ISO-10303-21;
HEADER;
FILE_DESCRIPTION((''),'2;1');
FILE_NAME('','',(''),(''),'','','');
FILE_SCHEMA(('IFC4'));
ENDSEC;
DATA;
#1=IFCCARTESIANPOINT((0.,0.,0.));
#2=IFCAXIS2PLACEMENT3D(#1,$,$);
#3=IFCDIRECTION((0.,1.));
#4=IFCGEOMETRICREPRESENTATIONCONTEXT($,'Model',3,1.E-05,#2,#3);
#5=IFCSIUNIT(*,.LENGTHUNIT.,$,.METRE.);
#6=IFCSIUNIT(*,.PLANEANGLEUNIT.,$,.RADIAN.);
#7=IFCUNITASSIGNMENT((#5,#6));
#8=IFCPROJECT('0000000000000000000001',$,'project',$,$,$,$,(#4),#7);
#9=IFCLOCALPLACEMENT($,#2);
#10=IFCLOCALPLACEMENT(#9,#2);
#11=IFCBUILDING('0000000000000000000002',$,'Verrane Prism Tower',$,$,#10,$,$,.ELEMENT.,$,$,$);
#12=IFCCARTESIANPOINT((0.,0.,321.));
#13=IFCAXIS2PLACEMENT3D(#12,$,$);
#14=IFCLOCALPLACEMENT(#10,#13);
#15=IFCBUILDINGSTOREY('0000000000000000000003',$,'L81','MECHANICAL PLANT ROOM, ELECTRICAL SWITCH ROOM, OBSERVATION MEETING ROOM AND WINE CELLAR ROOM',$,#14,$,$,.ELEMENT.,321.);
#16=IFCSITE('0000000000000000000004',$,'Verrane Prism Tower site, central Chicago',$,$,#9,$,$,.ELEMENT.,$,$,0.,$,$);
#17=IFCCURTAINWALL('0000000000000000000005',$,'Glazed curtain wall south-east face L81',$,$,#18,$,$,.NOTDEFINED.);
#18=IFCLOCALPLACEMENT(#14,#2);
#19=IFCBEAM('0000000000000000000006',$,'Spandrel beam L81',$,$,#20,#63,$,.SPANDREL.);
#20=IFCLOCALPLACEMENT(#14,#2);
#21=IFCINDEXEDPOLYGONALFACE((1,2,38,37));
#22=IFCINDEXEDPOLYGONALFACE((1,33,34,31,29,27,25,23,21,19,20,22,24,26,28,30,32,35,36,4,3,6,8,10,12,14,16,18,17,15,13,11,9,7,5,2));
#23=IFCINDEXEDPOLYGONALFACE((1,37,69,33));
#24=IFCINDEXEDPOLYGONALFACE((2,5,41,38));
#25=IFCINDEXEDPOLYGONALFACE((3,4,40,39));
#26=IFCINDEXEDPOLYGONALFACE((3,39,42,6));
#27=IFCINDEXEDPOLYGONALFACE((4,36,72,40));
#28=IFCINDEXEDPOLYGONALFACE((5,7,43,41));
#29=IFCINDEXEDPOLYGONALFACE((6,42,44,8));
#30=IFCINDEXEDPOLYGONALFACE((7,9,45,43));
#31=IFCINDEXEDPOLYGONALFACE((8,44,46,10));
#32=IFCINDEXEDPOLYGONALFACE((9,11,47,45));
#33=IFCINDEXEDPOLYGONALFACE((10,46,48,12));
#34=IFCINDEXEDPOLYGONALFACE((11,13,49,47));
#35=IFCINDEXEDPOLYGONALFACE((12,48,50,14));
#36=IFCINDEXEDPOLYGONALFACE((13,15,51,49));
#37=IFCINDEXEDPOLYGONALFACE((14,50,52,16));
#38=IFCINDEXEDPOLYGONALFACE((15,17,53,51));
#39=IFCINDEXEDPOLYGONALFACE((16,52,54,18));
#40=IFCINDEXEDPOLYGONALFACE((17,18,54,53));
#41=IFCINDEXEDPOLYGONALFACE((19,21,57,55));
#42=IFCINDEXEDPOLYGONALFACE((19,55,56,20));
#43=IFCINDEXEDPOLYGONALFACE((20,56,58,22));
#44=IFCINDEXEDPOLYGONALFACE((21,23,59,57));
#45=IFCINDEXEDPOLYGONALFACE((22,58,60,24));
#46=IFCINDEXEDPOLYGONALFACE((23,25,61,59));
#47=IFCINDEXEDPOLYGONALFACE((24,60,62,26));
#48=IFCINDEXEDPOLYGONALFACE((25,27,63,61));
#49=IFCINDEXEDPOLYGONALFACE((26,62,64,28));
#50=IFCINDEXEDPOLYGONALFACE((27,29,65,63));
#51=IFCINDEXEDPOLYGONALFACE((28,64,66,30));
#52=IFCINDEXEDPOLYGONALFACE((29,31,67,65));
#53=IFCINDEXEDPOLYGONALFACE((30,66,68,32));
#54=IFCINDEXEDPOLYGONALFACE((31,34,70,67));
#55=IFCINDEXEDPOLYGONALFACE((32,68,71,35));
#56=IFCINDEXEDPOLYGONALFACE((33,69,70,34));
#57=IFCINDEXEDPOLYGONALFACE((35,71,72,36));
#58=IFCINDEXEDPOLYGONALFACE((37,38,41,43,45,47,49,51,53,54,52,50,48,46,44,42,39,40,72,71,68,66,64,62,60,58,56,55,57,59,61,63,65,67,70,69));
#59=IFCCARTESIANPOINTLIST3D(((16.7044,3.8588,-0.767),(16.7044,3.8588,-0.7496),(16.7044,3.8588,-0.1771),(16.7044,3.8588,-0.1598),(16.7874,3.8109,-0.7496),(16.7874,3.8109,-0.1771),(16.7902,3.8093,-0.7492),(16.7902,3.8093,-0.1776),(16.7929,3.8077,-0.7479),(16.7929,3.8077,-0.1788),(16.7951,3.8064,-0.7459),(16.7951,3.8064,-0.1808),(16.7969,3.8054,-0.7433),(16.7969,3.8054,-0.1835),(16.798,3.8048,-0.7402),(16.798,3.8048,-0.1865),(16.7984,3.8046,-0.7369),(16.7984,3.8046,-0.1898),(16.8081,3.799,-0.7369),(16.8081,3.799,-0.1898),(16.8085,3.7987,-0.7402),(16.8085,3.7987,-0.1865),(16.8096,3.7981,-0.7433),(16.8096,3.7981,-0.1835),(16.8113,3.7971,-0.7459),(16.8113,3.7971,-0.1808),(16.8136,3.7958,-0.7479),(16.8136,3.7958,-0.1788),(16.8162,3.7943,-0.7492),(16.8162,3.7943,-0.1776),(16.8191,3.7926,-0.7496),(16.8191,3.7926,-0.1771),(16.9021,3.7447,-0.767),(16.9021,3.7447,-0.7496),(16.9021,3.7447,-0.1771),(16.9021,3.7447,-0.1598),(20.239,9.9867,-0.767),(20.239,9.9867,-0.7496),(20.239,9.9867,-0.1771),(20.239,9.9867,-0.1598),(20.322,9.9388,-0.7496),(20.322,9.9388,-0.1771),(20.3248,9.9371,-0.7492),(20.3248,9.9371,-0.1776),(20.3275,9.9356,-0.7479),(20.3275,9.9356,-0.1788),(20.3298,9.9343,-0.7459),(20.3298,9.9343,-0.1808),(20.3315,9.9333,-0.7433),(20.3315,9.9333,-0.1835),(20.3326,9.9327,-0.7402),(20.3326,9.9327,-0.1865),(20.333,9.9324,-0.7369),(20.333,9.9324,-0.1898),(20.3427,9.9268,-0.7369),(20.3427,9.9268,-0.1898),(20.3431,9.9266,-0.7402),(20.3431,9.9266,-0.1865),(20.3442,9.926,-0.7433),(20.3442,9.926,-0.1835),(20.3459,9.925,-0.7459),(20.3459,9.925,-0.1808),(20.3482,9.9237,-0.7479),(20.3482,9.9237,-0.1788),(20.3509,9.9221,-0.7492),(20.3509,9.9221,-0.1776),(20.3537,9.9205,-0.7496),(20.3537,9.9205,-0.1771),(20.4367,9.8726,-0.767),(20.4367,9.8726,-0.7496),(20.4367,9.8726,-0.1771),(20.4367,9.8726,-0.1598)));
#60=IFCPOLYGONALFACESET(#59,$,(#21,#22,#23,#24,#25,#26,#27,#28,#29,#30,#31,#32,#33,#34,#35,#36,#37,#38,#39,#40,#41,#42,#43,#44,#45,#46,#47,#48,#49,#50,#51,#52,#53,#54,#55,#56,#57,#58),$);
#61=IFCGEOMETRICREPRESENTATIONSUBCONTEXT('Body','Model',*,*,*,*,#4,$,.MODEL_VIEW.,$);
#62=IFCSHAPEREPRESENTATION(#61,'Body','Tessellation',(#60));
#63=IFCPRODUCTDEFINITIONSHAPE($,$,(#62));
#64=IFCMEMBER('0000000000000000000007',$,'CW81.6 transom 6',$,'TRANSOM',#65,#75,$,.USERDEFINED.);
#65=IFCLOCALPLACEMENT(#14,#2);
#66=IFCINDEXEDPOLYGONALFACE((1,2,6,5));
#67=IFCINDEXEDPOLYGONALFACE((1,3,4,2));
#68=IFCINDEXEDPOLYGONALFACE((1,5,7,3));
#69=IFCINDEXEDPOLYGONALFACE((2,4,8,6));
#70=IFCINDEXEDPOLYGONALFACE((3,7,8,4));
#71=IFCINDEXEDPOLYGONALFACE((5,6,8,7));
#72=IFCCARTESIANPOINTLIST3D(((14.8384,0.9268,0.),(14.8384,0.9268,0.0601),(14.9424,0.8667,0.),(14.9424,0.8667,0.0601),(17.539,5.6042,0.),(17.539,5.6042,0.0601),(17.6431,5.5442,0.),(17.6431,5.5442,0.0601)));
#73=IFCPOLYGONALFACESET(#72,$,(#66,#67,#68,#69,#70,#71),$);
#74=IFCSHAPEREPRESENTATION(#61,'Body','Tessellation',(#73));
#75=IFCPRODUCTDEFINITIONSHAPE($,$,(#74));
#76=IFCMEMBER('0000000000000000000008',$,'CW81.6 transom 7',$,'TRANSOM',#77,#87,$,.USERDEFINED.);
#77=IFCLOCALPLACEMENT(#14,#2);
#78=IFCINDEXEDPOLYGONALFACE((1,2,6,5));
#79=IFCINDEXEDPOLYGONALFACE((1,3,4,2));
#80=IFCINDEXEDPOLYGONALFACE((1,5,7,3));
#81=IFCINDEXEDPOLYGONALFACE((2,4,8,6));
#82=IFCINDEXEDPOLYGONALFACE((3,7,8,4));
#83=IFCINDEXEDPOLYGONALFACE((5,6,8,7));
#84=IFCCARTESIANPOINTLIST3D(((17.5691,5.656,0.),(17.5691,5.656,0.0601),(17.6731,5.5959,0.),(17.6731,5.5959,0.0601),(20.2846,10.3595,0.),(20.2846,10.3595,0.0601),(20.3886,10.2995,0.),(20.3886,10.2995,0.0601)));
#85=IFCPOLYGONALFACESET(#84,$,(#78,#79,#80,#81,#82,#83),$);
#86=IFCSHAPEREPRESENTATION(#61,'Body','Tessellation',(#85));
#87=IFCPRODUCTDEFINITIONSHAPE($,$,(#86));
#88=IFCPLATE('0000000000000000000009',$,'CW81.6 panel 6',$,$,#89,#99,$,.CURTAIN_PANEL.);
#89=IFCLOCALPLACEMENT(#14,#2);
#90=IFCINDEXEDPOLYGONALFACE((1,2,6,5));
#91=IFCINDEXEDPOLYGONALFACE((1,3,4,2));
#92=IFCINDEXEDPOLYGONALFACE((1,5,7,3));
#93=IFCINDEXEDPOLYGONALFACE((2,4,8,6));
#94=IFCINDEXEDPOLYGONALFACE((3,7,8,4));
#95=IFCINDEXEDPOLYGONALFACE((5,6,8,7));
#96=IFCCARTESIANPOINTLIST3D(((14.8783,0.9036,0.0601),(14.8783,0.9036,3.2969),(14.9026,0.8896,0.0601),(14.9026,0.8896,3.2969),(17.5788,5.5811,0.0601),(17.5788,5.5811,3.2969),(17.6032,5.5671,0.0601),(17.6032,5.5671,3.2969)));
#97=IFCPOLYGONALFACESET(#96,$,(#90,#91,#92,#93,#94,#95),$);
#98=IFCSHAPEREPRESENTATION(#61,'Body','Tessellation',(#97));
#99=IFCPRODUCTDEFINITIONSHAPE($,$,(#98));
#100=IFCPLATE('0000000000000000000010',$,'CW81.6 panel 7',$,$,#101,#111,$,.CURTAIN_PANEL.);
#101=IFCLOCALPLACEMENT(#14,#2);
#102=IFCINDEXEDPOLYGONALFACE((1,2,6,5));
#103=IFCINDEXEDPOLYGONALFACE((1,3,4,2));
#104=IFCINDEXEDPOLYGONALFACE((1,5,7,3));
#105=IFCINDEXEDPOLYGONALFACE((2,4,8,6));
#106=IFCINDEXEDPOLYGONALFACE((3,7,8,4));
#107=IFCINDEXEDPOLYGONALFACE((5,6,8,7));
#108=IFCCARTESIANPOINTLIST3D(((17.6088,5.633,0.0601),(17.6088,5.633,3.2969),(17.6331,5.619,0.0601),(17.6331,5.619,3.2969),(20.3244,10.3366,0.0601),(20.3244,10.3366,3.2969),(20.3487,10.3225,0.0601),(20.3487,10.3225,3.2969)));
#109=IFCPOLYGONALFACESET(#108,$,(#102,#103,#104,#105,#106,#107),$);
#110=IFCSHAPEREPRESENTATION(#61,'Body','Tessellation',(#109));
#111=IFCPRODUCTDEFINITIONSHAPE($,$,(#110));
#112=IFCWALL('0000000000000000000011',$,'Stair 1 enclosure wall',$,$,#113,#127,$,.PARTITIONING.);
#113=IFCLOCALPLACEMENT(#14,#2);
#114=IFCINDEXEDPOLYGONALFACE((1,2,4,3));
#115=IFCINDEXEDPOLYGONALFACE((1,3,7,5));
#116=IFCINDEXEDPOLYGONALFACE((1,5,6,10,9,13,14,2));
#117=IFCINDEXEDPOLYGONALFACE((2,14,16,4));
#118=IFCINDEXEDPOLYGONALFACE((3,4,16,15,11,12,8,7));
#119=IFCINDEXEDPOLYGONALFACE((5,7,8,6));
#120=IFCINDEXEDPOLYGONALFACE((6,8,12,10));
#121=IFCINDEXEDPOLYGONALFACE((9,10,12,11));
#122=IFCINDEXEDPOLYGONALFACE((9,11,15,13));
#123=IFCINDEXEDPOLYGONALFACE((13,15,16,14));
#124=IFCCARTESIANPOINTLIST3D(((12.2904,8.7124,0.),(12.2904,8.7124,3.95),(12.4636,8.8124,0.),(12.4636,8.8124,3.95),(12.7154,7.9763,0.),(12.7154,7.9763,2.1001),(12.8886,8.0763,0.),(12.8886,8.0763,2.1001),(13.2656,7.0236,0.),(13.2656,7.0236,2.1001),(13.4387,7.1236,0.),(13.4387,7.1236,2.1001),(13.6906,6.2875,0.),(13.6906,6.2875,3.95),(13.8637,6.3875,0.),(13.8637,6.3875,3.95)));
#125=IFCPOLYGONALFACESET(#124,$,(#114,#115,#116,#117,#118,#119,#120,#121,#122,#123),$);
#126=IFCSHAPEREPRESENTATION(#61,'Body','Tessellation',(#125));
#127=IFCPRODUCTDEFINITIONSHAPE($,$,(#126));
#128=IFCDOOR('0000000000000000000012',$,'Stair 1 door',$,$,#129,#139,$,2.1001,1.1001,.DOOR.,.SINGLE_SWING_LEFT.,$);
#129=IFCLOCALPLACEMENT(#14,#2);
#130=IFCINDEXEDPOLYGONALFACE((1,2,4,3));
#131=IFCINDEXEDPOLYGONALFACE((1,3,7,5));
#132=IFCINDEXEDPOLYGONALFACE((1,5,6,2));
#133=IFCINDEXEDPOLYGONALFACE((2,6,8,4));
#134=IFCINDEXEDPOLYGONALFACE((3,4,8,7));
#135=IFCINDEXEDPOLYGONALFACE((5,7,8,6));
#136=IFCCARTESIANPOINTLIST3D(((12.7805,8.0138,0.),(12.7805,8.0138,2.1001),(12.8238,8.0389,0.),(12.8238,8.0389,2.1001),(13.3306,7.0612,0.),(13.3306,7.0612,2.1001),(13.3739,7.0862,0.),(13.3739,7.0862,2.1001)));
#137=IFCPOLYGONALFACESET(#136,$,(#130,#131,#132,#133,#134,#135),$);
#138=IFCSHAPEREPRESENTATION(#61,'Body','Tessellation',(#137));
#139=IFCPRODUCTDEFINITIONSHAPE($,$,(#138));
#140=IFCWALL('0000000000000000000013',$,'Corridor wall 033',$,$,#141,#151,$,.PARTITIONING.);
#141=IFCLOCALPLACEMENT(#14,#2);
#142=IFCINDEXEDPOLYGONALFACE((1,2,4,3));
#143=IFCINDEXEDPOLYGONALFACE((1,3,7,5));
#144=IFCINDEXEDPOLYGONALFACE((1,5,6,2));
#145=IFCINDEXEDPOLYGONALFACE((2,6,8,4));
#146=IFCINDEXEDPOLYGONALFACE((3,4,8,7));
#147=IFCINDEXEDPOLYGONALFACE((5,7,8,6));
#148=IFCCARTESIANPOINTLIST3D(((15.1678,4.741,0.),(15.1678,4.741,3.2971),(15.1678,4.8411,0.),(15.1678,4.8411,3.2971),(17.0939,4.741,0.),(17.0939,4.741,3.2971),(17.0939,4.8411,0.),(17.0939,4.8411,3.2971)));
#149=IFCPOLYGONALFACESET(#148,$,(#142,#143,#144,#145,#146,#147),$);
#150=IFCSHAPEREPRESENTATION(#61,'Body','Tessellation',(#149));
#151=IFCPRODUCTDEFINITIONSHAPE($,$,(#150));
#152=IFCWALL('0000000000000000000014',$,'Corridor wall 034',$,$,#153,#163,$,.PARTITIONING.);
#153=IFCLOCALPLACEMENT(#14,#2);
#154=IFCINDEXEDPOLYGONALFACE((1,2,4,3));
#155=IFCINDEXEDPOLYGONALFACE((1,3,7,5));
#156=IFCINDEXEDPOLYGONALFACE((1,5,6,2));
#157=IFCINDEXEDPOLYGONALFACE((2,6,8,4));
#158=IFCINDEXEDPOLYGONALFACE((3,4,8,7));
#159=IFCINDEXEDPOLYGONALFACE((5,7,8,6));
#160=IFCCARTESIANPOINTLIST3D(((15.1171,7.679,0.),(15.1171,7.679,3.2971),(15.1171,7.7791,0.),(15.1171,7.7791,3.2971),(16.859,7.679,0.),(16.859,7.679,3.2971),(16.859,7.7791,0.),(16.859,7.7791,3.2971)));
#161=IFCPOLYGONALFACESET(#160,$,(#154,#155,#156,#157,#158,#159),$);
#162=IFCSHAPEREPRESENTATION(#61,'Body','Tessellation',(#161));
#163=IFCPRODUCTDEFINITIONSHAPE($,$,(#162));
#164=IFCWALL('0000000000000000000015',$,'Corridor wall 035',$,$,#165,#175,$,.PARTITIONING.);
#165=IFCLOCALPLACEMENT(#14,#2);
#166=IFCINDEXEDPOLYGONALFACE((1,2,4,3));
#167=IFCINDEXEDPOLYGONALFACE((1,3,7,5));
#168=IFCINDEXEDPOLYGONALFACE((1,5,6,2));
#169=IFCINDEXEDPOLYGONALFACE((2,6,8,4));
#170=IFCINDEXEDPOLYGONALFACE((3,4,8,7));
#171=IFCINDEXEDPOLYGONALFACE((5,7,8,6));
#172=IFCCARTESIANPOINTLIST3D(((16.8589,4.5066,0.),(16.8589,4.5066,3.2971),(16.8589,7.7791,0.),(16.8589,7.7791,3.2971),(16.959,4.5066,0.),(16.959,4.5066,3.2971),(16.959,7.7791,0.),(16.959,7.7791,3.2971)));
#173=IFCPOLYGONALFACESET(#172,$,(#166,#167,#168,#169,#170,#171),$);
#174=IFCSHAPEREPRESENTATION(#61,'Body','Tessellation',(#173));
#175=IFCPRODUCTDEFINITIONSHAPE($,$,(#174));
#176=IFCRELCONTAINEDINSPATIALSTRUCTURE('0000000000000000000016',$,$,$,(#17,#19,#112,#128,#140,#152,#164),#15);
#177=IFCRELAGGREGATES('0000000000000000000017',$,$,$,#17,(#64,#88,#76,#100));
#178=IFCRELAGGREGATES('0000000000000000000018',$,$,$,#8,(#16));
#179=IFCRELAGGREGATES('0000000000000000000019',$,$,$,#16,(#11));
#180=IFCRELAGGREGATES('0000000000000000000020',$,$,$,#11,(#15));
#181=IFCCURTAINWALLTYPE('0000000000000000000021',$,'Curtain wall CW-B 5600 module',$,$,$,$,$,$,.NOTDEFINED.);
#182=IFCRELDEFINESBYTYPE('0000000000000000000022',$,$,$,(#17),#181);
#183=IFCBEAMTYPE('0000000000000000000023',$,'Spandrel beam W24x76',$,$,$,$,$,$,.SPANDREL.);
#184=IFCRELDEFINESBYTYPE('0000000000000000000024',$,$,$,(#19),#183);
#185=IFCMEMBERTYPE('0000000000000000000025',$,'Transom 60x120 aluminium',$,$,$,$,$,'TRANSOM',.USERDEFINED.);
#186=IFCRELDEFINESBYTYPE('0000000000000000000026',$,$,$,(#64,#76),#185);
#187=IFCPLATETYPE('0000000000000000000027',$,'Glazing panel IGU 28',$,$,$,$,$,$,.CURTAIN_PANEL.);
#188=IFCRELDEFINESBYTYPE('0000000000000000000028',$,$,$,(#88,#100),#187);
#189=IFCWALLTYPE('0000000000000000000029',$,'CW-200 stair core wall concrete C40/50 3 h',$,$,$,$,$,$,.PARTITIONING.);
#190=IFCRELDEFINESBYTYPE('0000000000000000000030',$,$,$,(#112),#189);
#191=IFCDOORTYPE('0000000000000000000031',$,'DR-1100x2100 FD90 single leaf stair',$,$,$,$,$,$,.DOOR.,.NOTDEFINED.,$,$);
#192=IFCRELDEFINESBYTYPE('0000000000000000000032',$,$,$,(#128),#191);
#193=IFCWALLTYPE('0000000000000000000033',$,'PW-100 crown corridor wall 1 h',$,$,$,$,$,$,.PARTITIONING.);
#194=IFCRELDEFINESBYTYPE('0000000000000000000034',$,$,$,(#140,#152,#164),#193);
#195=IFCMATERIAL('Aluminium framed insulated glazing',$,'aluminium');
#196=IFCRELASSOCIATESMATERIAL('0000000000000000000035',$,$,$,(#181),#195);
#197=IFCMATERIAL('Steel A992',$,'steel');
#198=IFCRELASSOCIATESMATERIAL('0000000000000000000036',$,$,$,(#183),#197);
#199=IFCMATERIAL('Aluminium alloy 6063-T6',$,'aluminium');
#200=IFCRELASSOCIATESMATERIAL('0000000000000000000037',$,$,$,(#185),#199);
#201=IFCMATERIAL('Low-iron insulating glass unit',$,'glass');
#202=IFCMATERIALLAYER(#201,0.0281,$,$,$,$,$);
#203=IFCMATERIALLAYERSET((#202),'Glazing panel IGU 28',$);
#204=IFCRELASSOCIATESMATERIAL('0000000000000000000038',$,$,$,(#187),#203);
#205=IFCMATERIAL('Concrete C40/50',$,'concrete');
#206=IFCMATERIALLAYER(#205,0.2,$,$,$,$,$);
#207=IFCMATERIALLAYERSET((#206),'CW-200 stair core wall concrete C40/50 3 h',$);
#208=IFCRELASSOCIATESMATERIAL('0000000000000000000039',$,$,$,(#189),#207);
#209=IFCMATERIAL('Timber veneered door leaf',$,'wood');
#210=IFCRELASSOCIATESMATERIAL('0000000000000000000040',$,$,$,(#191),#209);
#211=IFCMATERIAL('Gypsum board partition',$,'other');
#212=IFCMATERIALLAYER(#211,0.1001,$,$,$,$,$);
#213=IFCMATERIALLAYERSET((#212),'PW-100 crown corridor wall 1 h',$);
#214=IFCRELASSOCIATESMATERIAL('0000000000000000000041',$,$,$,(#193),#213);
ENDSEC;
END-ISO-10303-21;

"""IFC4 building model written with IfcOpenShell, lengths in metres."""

from ifc_helpers import new_model, si_unit, direction, frame, frame_2d, origin, origin_2d, place, context, subcontext, project, spatial, rectangle, i_section, extrude, material, layer, layer_set, material_profile, profile_set, type_object, element, fill, aggregate, save


model = new_model("IFC4")

# Units and contexts
model_context = context("Model", 3, precision=1e-05, world=origin(), true_north=direction((0.0, 1.0)))
body_context = subcontext(model_context, "Body", "Model", "MODEL_VIEW")
ifc_project = project(units=[si_unit("LENGTHUNIT", "METRE"), si_unit("PLANEANGLEUNIT", "RADIAN")], contexts=[model_context])

# Site, building, storey
site_placement = place(None, origin())
site = spatial("IfcSite", under=ifc_project, at=site_placement, Name="Verrane Prism Tower site, central Chicago", CompositionType="ELEMENT", RefElevation=0.0)
building_placement = place(site_placement, origin())
building = spatial("IfcBuilding", under=site, at=building_placement, Name="Verrane Prism Tower", CompositionType="ELEMENT")
storey_placement = place(building_placement, frame((0.0, 0.0, 321.0)))
storey = spatial("IfcBuildingStorey", under=building, at=storey_placement, Name="L81", Description="MECHANICAL PLANT ROOM, ELECTRICAL SWITCH ROOM, OBSERVATION MEETING ROOM AND WINE CELLAR ROOM", CompositionType="ELEMENT", Elevation=321.0)

# Curtain wall
ifc_material_1 = material(Name="Aluminium framed insulated glazing", Category="aluminium")
curtain_wall_type = type_object("IfcCurtainWallType", Name="Curtain wall CW-B 5600 module", PredefinedType="NOTDEFINED", material=ifc_material_1)
curtain_wall_placement = place(storey_placement, origin())
curtain_wall = element("IfcCurtainWall", 1, at=curtain_wall_placement, inside=storey, type_object=curtain_wall_type, Name="Glazed curtain wall south-east face L81", PredefinedType="NOTDEFINED")

# Beam
ifc_material_2 = material(Name="Steel A992", Category="steel")
ifc_material_profile_1 = material_profile(ifc_material_2, i_section(OverallWidth=0.2283, OverallDepth=0.6072, WebThickness=0.0112, FlangeThickness=0.0173, FilletRadius=0.0127, at=origin_2d()), Name="W24x76")
ifc_profile_set_1 = profile_set([ifc_material_profile_1], Name="Steel A992")
beam_type_1 = type_object("IfcBeamType", Name="Spandrel beam W24x76", PredefinedType="SPANDREL", material=ifc_profile_set_1)
beam_1_placement = place(storey_placement, frame((16.8032, 3.8018, -0.4634), z_axis=(0.499651, 0.866227, 0.0), x_axis=(-0.866227, 0.499651, 0.0)))
element("IfcBeam", 2, at=beam_1_placement, inside=storey, type_object=beam_type_1, Name="Spandrel beam L81", PredefinedType="SPANDREL", context=body_context, shape_type="SweptSolid", body=[
    extrude(i_section(OverallWidth=0.2283, OverallDepth=0.6072, WebThickness=0.0112, FlangeThickness=0.0173, FilletRadius=0.0127, at=origin_2d()), origin(), (0.0, 0.0, 1.0), 7.0742),
])

# Members
ifc_material_3 = material(Name="Aluminium alloy 6063-T6", Category="aluminium")
ifc_material_profile_2 = material_profile(ifc_material_3, rectangle(XDim=0.1201, YDim=0.0601, at=origin_2d()), Name="Transom 60x120 aluminium")
ifc_profile_set_2 = profile_set([ifc_material_profile_2], Name="Aluminium alloy 6063-T6")
member_type_1 = type_object("IfcMemberType", Name="Transom 60x120 aluminium", ElementType="TRANSOM", PredefinedType="USERDEFINED", material=ifc_profile_set_2)
member_1_placement = place(storey_placement, frame((14.8904, 0.8967, 0.03), z_axis=(0.500019, 0.866015, 0.0), x_axis=(-0.866015, 0.500019, 0.0)))
member_1 = element("IfcMember", 3, at=member_1_placement, type_object=member_type_1, Name="CW81.6 transom 6", ObjectType="TRANSOM", PredefinedType="USERDEFINED", context=body_context, shape_type="SweptSolid", body=[
    extrude(rectangle(XDim=0.1201, YDim=0.0601, at=origin_2d()), origin(), (0.0, 0.0, 1.0), 5.4011),
])
member_2_placement = place(storey_placement, frame((17.6211, 5.626, 0.03), z_axis=(0.499992, 0.86603, 0.0), x_axis=(-0.86603, 0.499992, 0.0)))
member_2 = element("IfcMember", 4, at=member_2_placement, type_object=member_type_1, Name="CW81.6 transom 7", ObjectType="TRANSOM", PredefinedType="USERDEFINED", context=body_context, shape_type="SweptSolid", body=[
    extrude(rectangle(XDim=0.1201, YDim=0.0601, at=origin_2d()), origin(), (0.0, 0.0, 1.0), 5.4312),
])

# Plates
ifc_material_4 = material(Name="Low-iron insulating glass unit", Category="glass")
ifc_layer_1 = layer(ifc_material_4, 0.0281)
ifc_layer_set_1 = layer_set([ifc_layer_1], Name="Glazing panel IGU 28")
plate_type = type_object("IfcPlateType", Name="Glazing panel IGU 28", PredefinedType="CURTAIN_PANEL", material=ifc_layer_set_1)
plate_1_placement = place(storey_placement, frame((16.2407, 3.2354, 0.0601), z_axis=(0.0, 0.0, 1.0), x_axis=(0.5, 0.866025, 0.0)))
plate_1 = element("IfcPlate", 5, at=plate_1_placement, type_object=plate_type, Name="CW81.6 panel 6", PredefinedType="CURTAIN_PANEL", context=body_context, shape_type="SweptSolid", body=[
    extrude(rectangle(XDim=5.4011, YDim=0.0281, at=origin_2d()), origin(), (0.0, 0.0, 1.0), 3.2368),
])
plate_2_placement = place(storey_placement, frame((18.9788, 7.9778, 0.0601), z_axis=(0.0, 0.0, 1.0), x_axis=(0.5, 0.866025, 0.0)))
plate_2 = element("IfcPlate", 6, at=plate_2_placement, type_object=plate_type, Name="CW81.6 panel 7", PredefinedType="CURTAIN_PANEL", context=body_context, shape_type="SweptSolid", body=[
    extrude(rectangle(XDim=5.4312, YDim=0.0281, at=origin_2d()), origin(), (0.0, 0.0, 1.0), 3.2368),
])
aggregate(curtain_wall, [member_1, plate_1, member_2, plate_2])

# Wall, opening, door
ifc_material_5 = material(Name="Concrete C40/50", Category="concrete")
ifc_layer_2 = layer(ifc_material_5, 0.2)
ifc_layer_set_2 = layer_set([ifc_layer_2], Name="CW-200 stair core wall concrete C40/50 3 h")
wall_type_1 = type_object("IfcWallType", Name="CW-200 stair core wall concrete C40/50 3 h", PredefinedType="PARTITIONING", material=ifc_layer_set_2)
wall_1_placement = place(storey_placement, frame((13.7771, 6.3376, 0.0), z_axis=(0.0, 0.0, 1.0), x_axis=(-0.50005, 0.865997, 0.0)))
wall_1 = element("IfcWall", 7, at=wall_1_placement, inside=storey, type_object=wall_type_1, Name="Stair 1 enclosure wall", PredefinedType="PARTITIONING", context=body_context, shape_type="SweptSolid", body=[
    extrude(rectangle(XDim=2.8, YDim=0.2, at=frame_2d((1.3999, 0.0))), origin(), (0.0, 0.0, 1.0), 3.95),
])
opening_placement = place(wall_1_placement, frame((0.8499, 0.0, 0.0)))
opening = element("IfcOpeningElement", 8, at=opening_placement, cuts=wall_1, PredefinedType="OPENING", context=body_context, shape_type="SweptSolid", body=[
    extrude(rectangle(XDim=1.1001, YDim=2.1001, at=frame_2d((0.55, 1.05))), frame((0.0, 0.1099, 0.0), z_axis=(0.0, -1.0, 0.0), x_axis=(1.0, 0.0, 0.0)), (0.0, 0.0, 1.0), 0.22),
])
ifc_material_6 = material(Name="Timber veneered door leaf", Category="wood")
door_type = type_object("IfcDoorType", Name="DR-1100x2100 FD90 single leaf stair", OperationType="NOTDEFINED", PredefinedType="DOOR", material=ifc_material_6)
door_placement = place(opening_placement, origin())
door = element("IfcDoor", 9, at=door_placement, inside=storey, type_object=door_type, Name="Stair 1 door", OperationType="SINGLE_SWING_LEFT", OverallHeight=2.1001, OverallWidth=1.1001, PredefinedType="DOOR", context=body_context, shape_type="SweptSolid", body=[
    extrude(rectangle(XDim=1.1001, YDim=2.1001, at=frame_2d((0.55, 1.05))), frame((0.0, 0.0249, 0.0), z_axis=(0.0, -1.0, 0.0), x_axis=(1.0, 0.0, 0.0)), (0.0, 0.0, 1.0), 0.05),
])
fill(opening, door)

# Walls
ifc_material_7 = material(Name="Gypsum board partition", Category="other")
ifc_layer_3 = layer(ifc_material_7, 0.1001)
ifc_layer_set_3 = layer_set([ifc_layer_3], Name="PW-100 crown corridor wall 1 h")
wall_type_2 = type_object("IfcWallType", Name="PW-100 crown corridor wall 1 h", PredefinedType="PARTITIONING", material=ifc_layer_set_3)
wall_2_placement = place(storey_placement, frame((15.168, 4.791, 0.0), z_axis=(0.0, 0.0, 1.0), x_axis=(1.0, 0.0, 0.0)))
element("IfcWall", 10, at=wall_2_placement, inside=storey, type_object=wall_type_2, Name="Corridor wall 033", PredefinedType="PARTITIONING", context=body_context, shape_type="SweptSolid", body=[
    extrude(rectangle(XDim=1.926, YDim=0.1001, at=frame_2d((0.9629, 0.0))), origin(), (0.0, 0.0, 1.0), 3.2971),
])
wall_3_placement = place(storey_placement, frame((15.1169, 7.729, 0.0), z_axis=(0.0, 0.0, 1.0), x_axis=(1.0, 0.0, 0.0)))
element("IfcWall", 11, at=wall_3_placement, inside=storey, type_object=wall_type_2, Name="Corridor wall 034", PredefinedType="PARTITIONING", context=body_context, shape_type="SweptSolid", body=[
    extrude(rectangle(XDim=1.7419, YDim=0.1001, at=frame_2d((0.8711, 0.0))), origin(), (0.0, 0.0, 1.0), 3.2971),
])
wall_4_placement = place(storey_placement, frame((16.9089, 4.5066, 0.0), z_axis=(0.0, 0.0, 1.0), x_axis=(0.0, 1.0, 0.0)))
element("IfcWall", 12, at=wall_4_placement, inside=storey, type_object=wall_type_2, Name="Corridor wall 035", PredefinedType="PARTITIONING", context=body_context, shape_type="SweptSolid", body=[
    extrude(rectangle(XDim=3.2725, YDim=0.1001, at=frame_2d((1.6362, 0.0))), origin(), (0.0, 0.0, 1.0), 3.2971),
])

save(model, "model.ifc")
